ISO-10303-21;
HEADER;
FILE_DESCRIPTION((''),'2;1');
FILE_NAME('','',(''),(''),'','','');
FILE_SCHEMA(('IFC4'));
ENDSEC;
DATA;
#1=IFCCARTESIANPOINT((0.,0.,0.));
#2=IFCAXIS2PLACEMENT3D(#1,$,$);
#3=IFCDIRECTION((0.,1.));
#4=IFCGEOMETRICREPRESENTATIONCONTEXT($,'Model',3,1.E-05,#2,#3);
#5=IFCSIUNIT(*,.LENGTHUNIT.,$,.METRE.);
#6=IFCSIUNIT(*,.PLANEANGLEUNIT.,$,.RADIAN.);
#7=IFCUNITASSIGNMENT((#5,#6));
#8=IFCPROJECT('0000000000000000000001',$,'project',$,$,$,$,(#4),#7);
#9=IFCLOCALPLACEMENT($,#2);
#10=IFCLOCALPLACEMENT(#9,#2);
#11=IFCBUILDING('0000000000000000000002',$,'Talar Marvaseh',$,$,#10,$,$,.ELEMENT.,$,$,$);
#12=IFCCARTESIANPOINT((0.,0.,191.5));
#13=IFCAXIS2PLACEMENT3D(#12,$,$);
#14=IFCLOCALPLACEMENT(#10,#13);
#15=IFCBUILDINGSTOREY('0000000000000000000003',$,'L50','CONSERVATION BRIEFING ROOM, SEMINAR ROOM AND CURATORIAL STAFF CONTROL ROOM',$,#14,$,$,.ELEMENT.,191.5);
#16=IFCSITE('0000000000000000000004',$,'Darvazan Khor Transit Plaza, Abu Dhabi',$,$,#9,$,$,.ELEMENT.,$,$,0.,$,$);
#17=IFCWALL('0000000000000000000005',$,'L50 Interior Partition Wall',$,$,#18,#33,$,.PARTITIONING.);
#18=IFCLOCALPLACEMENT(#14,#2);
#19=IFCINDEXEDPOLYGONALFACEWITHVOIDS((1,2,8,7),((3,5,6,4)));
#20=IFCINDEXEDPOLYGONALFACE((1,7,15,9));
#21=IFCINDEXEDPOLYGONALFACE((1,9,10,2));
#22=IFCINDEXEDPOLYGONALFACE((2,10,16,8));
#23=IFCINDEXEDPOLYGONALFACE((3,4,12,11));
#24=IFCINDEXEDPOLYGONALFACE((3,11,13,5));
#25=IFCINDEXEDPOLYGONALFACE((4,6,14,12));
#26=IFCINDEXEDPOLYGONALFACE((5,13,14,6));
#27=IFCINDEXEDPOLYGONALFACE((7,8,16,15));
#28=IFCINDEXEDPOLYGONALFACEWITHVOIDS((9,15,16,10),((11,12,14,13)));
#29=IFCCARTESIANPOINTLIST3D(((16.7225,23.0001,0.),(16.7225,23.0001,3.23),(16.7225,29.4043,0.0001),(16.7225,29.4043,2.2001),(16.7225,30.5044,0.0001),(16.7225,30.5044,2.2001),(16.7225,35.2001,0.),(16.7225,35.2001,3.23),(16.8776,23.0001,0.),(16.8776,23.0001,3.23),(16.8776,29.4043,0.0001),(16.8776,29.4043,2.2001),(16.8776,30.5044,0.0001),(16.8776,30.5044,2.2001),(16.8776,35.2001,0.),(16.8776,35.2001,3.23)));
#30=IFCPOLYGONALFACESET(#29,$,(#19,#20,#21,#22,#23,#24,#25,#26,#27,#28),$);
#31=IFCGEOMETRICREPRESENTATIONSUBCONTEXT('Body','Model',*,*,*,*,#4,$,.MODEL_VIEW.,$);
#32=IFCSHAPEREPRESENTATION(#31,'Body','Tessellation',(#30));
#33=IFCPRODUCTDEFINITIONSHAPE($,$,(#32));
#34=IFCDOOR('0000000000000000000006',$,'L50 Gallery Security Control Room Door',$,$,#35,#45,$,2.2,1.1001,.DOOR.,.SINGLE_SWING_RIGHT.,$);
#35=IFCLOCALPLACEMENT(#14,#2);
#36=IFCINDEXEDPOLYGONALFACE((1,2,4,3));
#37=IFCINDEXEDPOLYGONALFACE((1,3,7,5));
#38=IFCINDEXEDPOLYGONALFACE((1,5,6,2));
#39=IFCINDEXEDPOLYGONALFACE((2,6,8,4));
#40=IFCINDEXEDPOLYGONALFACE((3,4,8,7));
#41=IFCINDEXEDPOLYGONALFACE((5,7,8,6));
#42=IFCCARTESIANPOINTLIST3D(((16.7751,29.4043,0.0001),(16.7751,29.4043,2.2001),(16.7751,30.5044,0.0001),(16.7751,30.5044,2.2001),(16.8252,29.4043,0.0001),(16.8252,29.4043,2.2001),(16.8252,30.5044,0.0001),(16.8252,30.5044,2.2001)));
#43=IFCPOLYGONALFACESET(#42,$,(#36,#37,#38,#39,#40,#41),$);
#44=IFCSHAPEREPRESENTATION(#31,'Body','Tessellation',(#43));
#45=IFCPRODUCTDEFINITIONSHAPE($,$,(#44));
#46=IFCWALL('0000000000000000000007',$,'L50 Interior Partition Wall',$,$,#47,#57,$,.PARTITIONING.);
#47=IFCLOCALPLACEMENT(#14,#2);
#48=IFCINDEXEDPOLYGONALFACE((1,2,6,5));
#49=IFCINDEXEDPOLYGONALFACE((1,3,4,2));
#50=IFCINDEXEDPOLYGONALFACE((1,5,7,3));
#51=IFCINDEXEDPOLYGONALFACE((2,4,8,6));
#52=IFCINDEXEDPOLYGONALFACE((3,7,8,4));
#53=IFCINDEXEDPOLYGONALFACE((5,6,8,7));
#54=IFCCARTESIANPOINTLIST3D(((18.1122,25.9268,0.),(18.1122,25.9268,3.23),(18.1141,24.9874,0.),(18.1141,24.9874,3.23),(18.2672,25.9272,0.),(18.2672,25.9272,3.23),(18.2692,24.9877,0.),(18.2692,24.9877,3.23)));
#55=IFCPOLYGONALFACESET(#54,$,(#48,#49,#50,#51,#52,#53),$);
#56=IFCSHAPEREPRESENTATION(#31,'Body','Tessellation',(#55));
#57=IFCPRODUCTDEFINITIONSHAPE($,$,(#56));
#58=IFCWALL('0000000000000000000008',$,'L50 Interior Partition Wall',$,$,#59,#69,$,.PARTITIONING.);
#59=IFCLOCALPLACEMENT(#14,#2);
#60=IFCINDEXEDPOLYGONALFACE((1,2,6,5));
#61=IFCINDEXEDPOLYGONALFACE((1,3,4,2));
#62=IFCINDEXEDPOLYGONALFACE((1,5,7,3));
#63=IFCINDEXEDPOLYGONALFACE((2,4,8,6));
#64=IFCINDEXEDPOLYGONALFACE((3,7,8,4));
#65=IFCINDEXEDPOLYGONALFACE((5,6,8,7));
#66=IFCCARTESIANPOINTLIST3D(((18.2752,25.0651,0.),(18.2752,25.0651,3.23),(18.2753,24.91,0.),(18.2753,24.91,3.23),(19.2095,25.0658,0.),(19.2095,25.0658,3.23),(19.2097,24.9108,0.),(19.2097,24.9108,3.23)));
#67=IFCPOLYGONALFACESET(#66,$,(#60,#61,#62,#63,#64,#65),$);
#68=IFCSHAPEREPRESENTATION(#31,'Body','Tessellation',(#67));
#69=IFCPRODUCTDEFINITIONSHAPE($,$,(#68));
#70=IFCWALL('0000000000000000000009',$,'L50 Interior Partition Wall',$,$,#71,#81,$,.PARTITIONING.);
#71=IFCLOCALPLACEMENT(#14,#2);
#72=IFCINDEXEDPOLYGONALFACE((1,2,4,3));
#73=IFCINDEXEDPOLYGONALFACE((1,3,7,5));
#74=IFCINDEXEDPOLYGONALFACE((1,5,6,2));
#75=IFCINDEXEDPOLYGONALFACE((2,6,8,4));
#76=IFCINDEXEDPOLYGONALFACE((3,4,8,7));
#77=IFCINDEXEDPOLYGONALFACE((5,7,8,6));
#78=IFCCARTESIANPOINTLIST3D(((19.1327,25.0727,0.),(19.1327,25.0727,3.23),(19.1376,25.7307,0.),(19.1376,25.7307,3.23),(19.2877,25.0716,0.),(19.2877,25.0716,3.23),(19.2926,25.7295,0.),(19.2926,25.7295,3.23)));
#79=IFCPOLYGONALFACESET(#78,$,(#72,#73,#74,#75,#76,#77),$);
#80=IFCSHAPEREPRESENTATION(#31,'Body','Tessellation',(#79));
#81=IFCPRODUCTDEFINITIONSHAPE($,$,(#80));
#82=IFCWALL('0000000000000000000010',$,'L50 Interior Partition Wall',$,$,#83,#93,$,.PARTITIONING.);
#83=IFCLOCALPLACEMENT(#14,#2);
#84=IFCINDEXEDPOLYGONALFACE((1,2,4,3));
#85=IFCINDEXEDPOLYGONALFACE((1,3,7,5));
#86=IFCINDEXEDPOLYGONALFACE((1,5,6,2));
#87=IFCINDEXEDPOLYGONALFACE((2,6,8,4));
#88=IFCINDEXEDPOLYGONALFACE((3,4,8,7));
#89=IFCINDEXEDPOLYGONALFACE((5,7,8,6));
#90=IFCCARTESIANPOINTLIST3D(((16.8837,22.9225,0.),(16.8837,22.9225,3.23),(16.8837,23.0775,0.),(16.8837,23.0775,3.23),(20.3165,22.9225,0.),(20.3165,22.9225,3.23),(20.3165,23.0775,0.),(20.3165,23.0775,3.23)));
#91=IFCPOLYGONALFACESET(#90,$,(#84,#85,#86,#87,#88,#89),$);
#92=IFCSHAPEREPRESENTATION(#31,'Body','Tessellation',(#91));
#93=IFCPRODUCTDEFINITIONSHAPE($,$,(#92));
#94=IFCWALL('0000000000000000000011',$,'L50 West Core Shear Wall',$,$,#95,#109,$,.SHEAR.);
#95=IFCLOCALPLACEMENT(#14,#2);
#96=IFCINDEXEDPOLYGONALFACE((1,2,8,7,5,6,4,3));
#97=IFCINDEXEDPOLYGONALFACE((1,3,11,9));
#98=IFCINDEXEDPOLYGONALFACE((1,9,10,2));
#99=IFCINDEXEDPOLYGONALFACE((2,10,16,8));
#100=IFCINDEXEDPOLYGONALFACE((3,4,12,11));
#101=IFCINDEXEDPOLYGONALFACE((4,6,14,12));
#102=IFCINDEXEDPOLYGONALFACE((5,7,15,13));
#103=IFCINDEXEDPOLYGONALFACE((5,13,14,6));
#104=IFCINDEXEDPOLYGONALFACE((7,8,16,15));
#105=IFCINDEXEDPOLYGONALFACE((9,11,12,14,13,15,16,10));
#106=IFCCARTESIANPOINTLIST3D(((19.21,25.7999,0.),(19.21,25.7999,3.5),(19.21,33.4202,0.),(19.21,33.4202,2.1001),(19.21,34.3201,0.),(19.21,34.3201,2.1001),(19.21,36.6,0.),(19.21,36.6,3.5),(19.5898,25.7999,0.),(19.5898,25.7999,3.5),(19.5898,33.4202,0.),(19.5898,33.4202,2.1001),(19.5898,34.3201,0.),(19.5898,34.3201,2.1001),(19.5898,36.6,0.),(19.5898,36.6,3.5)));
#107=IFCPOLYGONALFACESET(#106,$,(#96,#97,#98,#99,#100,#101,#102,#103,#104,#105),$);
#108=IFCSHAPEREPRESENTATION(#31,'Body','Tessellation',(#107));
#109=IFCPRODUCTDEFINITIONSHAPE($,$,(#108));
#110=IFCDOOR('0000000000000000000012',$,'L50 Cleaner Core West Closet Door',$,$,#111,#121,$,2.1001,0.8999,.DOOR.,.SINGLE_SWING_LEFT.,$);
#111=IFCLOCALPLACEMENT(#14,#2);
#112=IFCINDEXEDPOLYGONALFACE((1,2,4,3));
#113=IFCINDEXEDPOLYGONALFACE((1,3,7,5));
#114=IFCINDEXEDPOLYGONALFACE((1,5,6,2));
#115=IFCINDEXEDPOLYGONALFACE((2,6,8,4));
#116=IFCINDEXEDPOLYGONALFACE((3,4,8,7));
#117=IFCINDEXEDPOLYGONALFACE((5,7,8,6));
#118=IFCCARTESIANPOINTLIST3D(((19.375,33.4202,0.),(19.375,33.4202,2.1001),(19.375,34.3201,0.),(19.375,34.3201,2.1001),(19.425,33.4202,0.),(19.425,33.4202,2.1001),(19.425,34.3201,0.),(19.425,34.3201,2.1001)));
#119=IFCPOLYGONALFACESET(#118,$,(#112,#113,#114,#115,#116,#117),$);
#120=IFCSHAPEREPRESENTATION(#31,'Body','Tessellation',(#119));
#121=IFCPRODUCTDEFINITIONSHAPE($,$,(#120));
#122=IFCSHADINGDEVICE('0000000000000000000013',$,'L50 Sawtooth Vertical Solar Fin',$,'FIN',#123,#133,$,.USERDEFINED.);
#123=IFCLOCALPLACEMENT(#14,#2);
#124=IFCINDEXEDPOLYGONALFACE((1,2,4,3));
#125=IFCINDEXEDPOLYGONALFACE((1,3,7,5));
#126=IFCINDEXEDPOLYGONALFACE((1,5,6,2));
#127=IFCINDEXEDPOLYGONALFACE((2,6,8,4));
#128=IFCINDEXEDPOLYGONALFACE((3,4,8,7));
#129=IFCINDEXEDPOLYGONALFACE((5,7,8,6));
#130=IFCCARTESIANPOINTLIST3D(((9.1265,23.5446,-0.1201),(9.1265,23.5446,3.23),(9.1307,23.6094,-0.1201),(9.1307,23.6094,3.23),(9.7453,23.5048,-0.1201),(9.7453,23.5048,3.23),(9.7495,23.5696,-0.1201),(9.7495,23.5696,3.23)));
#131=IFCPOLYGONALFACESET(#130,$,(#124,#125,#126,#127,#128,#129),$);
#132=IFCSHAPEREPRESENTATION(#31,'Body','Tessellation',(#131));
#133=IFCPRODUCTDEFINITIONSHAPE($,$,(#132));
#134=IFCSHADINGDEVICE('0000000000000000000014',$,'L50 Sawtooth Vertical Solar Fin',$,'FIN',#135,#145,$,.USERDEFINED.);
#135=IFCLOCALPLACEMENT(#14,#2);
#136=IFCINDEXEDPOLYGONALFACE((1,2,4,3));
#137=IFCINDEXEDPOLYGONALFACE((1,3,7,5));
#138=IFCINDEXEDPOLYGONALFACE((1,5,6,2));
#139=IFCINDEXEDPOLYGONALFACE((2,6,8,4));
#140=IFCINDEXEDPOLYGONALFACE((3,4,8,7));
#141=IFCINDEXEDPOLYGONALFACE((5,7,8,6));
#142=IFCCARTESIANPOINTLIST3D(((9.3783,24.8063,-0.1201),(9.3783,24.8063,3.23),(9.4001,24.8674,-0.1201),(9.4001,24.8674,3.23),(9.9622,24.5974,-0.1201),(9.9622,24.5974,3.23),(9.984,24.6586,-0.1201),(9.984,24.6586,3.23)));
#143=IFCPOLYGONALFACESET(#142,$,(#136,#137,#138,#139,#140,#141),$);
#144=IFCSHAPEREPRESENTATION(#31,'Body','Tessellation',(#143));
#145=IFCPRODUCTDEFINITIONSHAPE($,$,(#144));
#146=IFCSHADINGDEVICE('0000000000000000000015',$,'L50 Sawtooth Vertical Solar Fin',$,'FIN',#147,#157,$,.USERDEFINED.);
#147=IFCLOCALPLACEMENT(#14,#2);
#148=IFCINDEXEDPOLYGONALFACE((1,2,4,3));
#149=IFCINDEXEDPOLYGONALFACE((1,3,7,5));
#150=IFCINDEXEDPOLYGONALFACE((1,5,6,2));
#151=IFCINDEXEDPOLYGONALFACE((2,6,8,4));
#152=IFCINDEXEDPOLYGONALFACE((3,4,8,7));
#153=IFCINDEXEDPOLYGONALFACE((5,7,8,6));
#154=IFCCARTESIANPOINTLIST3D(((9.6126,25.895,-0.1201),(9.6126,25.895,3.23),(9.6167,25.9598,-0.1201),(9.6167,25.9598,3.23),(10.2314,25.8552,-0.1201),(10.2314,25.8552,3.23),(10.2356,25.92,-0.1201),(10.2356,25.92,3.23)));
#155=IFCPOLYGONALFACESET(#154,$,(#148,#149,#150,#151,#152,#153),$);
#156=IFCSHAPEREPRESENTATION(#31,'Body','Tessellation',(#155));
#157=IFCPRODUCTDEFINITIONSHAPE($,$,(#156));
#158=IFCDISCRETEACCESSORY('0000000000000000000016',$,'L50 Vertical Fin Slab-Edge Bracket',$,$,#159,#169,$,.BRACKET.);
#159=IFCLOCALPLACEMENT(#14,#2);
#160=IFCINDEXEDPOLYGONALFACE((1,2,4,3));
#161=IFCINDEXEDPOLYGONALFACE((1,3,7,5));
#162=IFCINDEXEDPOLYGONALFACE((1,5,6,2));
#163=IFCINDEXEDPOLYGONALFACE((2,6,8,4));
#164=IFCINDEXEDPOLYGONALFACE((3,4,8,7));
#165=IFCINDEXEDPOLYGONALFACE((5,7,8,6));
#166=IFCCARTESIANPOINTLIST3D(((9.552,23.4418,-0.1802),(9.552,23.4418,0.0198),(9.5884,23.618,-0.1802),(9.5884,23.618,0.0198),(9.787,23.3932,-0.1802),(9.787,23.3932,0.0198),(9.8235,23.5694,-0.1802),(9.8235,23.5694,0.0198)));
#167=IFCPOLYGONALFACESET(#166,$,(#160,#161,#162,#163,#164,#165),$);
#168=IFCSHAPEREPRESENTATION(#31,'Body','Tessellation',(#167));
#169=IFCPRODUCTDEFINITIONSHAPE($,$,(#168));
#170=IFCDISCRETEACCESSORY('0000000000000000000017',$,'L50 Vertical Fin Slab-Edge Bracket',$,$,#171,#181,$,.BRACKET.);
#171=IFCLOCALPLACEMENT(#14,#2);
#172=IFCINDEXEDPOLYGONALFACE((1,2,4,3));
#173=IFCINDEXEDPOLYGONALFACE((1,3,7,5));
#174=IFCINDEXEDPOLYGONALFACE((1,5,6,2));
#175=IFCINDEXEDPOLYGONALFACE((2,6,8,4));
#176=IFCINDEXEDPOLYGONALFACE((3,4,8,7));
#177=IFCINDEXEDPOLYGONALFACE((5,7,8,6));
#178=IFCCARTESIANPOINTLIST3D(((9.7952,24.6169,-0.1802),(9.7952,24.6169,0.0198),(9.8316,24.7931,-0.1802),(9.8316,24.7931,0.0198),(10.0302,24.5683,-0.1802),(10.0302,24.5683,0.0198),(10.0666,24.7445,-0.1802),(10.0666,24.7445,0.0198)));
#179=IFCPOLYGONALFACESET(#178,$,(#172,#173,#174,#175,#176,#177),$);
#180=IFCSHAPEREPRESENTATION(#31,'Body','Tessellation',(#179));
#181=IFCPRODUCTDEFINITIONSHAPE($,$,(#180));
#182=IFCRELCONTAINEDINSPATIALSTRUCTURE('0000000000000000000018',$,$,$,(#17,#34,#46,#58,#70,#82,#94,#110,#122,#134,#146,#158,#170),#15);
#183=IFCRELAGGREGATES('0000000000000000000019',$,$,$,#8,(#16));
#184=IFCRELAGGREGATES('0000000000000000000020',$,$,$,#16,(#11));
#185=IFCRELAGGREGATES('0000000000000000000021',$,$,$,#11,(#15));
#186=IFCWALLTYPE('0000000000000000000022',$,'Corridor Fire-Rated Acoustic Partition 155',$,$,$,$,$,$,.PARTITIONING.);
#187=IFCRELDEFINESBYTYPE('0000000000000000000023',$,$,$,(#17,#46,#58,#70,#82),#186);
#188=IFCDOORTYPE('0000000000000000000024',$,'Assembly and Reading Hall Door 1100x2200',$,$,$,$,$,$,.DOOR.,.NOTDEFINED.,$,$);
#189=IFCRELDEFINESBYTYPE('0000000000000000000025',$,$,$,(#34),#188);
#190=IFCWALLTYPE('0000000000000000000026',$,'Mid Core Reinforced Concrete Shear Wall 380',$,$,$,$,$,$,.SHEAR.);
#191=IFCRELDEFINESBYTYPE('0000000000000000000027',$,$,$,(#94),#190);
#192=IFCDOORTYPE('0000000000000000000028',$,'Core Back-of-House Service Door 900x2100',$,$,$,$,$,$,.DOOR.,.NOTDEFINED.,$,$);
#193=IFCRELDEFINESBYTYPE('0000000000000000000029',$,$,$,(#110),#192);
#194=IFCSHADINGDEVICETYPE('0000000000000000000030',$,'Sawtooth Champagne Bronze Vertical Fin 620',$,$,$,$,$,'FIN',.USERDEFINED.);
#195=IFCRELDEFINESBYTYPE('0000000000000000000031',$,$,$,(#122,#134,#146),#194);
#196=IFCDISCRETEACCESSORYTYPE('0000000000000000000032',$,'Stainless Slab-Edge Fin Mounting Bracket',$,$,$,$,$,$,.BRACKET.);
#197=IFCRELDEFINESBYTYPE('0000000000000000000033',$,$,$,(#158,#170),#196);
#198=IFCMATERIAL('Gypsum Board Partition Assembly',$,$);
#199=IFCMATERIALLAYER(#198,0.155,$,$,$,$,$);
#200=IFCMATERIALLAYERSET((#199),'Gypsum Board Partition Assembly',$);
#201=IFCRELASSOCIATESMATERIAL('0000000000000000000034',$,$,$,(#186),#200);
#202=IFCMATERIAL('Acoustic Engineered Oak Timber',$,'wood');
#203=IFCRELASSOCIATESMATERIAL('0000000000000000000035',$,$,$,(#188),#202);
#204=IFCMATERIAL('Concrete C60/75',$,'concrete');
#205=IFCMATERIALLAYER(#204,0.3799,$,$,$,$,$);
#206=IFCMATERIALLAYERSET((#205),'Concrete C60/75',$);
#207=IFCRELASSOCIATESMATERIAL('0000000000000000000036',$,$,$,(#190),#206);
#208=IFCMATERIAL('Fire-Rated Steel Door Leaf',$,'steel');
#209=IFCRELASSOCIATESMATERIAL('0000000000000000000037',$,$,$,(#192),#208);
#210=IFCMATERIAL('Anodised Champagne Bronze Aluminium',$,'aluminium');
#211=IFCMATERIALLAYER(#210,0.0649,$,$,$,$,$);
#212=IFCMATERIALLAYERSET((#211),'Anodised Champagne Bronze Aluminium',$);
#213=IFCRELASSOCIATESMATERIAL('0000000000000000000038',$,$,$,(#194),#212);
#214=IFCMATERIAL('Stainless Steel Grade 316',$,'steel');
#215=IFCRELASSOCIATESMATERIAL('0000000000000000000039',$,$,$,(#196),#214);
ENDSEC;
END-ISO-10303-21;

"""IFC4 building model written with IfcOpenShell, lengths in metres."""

from ifc_helpers import new_model, si_unit, direction, frame, frame_2d, origin, origin_2d, place, context, subcontext, project, spatial, rectangle, extrude, source, transform, mapped, material, layer, layer_set, type_object, type_shapes, element, fill, save


model = new_model("IFC4")

# Units and contexts
model_context = context("Model", 3, precision=1e-05, world=origin(), true_north=direction((0.0, 1.0)))
body_context = subcontext(model_context, "Body", "Model", "MODEL_VIEW")
ifc_project = project(units=[si_unit("LENGTHUNIT", "METRE"), si_unit("PLANEANGLEUNIT", "RADIAN")], contexts=[model_context])

# Site, building, storey
site_placement = place(None, origin())
site = spatial("IfcSite", under=ifc_project, at=site_placement, Name="Darvazan Khor Transit Plaza, Abu Dhabi", CompositionType="ELEMENT", RefElevation=0.0)
building_placement = place(site_placement, origin())
building = spatial("IfcBuilding", under=site, at=building_placement, Name="Talar Marvaseh", CompositionType="ELEMENT")
storey_placement = place(building_placement, frame((0.0, 0.0, 191.5)))
storey = spatial("IfcBuildingStorey", under=building, at=storey_placement, Name="L50", Description="CONSERVATION BRIEFING ROOM, SEMINAR ROOM AND CURATORIAL STAFF CONTROL ROOM", CompositionType="ELEMENT", Elevation=191.5)

# Shared definitions
ifc_material_1 = material(Name="Concrete C60/75", Category="concrete")

# Wall, opening, door
ifc_material_2 = material(Name="Gypsum Board Partition Assembly")
ifc_layer_1 = layer(ifc_material_2, 0.155)
ifc_layer_set_1 = layer_set([ifc_layer_1], Name="Gypsum Board Partition Assembly")
wall_type_1 = type_object("IfcWallType", Name="Corridor Fire-Rated Acoustic Partition 155", PredefinedType="PARTITIONING", material=ifc_layer_set_1)
wall_1_placement = place(storey_placement, frame((16.8, 23.0, 0.0), z_axis=(0.0, 0.0, 1.0), x_axis=(0.0, 1.0, 0.0)))
wall_1 = element("IfcWall", 1, at=wall_1_placement, inside=storey, type_object=wall_type_1, Name="L50 Interior Partition Wall", PredefinedType="PARTITIONING", context=body_context, shape_type="SweptSolid", body=[
    extrude(rectangle(XDim=12.2, YDim=0.155, at=frame_2d((6.1001, 0.0))), origin(), (0.0, 0.0, 1.0), 3.23),
])
opening_1_placement = place(wall_1_placement, frame((6.4043, 0.0, 0.0)))
opening_1 = element("IfcOpeningElement", 2, at=opening_1_placement, cuts=wall_1, PredefinedType="OPENING", context=body_context, shape_type="SweptSolid", body=[
    extrude(rectangle(XDim=1.1001, YDim=2.2, at=frame_2d((0.55, 1.1001))), frame((0.0, 0.0874, 0.0), z_axis=(0.0, -1.0, 0.0), x_axis=(1.0, 0.0, 0.0)), (0.0, 0.0, 1.0), 0.175),
])
ifc_material_3 = material(Name="Acoustic Engineered Oak Timber", Category="wood")
door_type_1 = type_object("IfcDoorType", Name="Assembly and Reading Hall Door 1100x2200", OperationType="NOTDEFINED", PredefinedType="DOOR", material=ifc_material_3)
shared_shape_1 = source(origin(), body_context, "Body", "SweptSolid", [
    extrude(rectangle(XDim=1.1001, YDim=2.2, at=frame_2d((0.55, 1.1001))), frame((0.0, 0.0249, 0.0), z_axis=(0.0, -1.0, 0.0), x_axis=(1.0, 0.0, 0.0)), (0.0, 0.0, 1.0), 0.05),
])
type_shapes(door_type_1, [shared_shape_1])
door_1_placement = place(opening_1_placement, origin())
door_1 = element("IfcDoor", 3, at=door_1_placement, inside=storey, type_object=door_type_1, Name="L50 Gallery Security Control Room Door", OperationType="SINGLE_SWING_RIGHT", OverallHeight=2.2, OverallWidth=1.1001, PredefinedType="DOOR", context=body_context, shape_type="MappedRepresentation", body=[
    mapped(shared_shape_1, transform((0.0, 0.0, 0.0), x_axis=(1.0, 0.0, 0.0), y_axis=(0.0, 1.0, 0.0), z_axis=(0.0, 0.0, 1.0), scale=1.0)),
])
fill(opening_1, door_1)

# Walls
wall_2_placement = place(storey_placement, frame((18.1897, 25.927, 0.0), z_axis=(0.0, 0.0, 1.0), x_axis=(0.002079, -0.999998, 0.0)))
element("IfcWall", 4, at=wall_2_placement, inside=storey, type_object=wall_type_1, Name="L50 Interior Partition Wall", PredefinedType="PARTITIONING", context=body_context, shape_type="SweptSolid", body=[
    extrude(rectangle(XDim=0.9395, YDim=0.155, at=frame_2d((0.4697, 0.0))), origin(), (0.0, 0.0, 1.0), 3.23),
])
wall_3_placement = place(storey_placement, frame((18.2751, 24.9875, 0.0), z_axis=(0.0, 0.0, 1.0), x_axis=(1.0, 0.000784, 0.0)))
element("IfcWall", 5, at=wall_3_placement, inside=storey, type_object=wall_type_1, Name="L50 Interior Partition Wall", PredefinedType="PARTITIONING", context=body_context, shape_type="SweptSolid", body=[
    extrude(rectangle(XDim=0.9343, YDim=0.155, at=frame_2d((0.4673, 0.0))), origin(), (0.0, 0.0, 1.0), 3.23),
])
wall_4_placement = place(storey_placement, frame((19.2102, 25.072, 0.0), z_axis=(0.0, 0.0, 1.0), x_axis=(0.007421, 0.999972, 0.0)))
element("IfcWall", 6, at=wall_4_placement, inside=storey, type_object=wall_type_1, Name="L50 Interior Partition Wall", PredefinedType="PARTITIONING", context=body_context, shape_type="SweptSolid", body=[
    extrude(rectangle(XDim=0.658, YDim=0.155, at=frame_2d((0.3291, 0.0))), origin(), (0.0, 0.0, 1.0), 3.23),
])
wall_5_placement = place(storey_placement, frame((20.3164, 23.0, 0.0), z_axis=(0.0, 0.0, 1.0), x_axis=(-1.0, 0.0, 0.0)))
element("IfcWall", 7, at=wall_5_placement, inside=storey, type_object=wall_type_1, Name="L50 Interior Partition Wall", PredefinedType="PARTITIONING", context=body_context, shape_type="SweptSolid", body=[
    extrude(rectangle(XDim=3.4329, YDim=0.155, at=frame_2d((1.7163, 0.0))), origin(), (0.0, 0.0, 1.0), 3.23),
])

# Wall, opening, door
ifc_layer_2 = layer(ifc_material_1, 0.3799)
ifc_layer_set_2 = layer_set([ifc_layer_2], Name="Concrete C60/75")
wall_type_2 = type_object("IfcWallType", Name="Mid Core Reinforced Concrete Shear Wall 380", PredefinedType="SHEAR", material=ifc_layer_set_2)
wall_6_placement = place(storey_placement, frame((19.3999, 25.8, 0.0), z_axis=(0.0, 0.0, 1.0), x_axis=(0.0, 1.0, 0.0)))
wall_6 = element("IfcWall", 8, at=wall_6_placement, inside=storey, type_object=wall_type_2, Name="L50 West Core Shear Wall", PredefinedType="SHEAR", context=body_context, shape_type="SweptSolid", body=[
    extrude(rectangle(XDim=10.8, YDim=0.3799, at=frame_2d((5.3999, 0.0))), origin(), (0.0, 0.0, 1.0), 3.5),
])
opening_2_placement = place(wall_6_placement, frame((7.6201, 0.0, 0.0)))
opening_2 = element("IfcOpeningElement", 9, at=opening_2_placement, cuts=wall_6, PredefinedType="OPENING", context=body_context, shape_type="SweptSolid", body=[
    extrude(rectangle(XDim=0.8999, YDim=2.1001, at=frame_2d((0.45, 1.05))), frame((0.0, 0.2, 0.0), z_axis=(0.0, -1.0, 0.0), x_axis=(1.0, 0.0, 0.0)), (0.0, 0.0, 1.0), 0.3999),
])
ifc_material_4 = material(Name="Fire-Rated Steel Door Leaf", Category="steel")
door_type_2 = type_object("IfcDoorType", Name="Core Back-of-House Service Door 900x2100", OperationType="NOTDEFINED", PredefinedType="DOOR", material=ifc_material_4)
shared_shape_2 = source(origin(), body_context, "Body", "SweptSolid", [
    extrude(rectangle(XDim=0.8999, YDim=2.1001, at=frame_2d((0.45, 1.05))), frame((0.0, 0.0249, 0.0), z_axis=(0.0, -1.0, 0.0), x_axis=(1.0, 0.0, 0.0)), (0.0, 0.0, 1.0), 0.05),
])
type_shapes(door_type_2, [shared_shape_2])
door_2_placement = place(opening_2_placement, origin())
door_2 = element("IfcDoor", 10, at=door_2_placement, inside=storey, type_object=door_type_2, Name="L50 Cleaner Core West Closet Door", OperationType="SINGLE_SWING_LEFT", OverallHeight=2.1001, OverallWidth=0.8999, PredefinedType="DOOR", context=body_context, shape_type="MappedRepresentation", body=[
    mapped(shared_shape_2, transform((0.0, 0.0, 0.0), x_axis=(1.0, 0.0, 0.0), y_axis=(0.0, 1.0, 0.0), z_axis=(0.0, 0.0, 1.0), scale=1.0)),
])
fill(opening_2, door_2)

# Shading devices
ifc_material_5 = material(Name="Anodised Champagne Bronze Aluminium", Category="aluminium")
ifc_layer_3 = layer(ifc_material_5, 0.0649)
ifc_layer_set_3 = layer_set([ifc_layer_3], Name="Anodised Champagne Bronze Aluminium")
shading_device_type = type_object("IfcShadingDeviceType", Name="Sawtooth Champagne Bronze Vertical Fin 620", ElementType="FIN", PredefinedType="USERDEFINED", material=ifc_layer_set_3)
shared_shape_3 = source(origin(), body_context, "Body", "SweptSolid", [
    extrude(rectangle(XDim=0.6201, YDim=0.0649, at=origin_2d()), origin(), (0.0, 0.0, 1.0), 3.3501),
])
type_shapes(shading_device_type, [shared_shape_3])
for number, where, z_axis, x_axis, name in (
    (11, (9.438, 23.5571, -0.1201), (0.0, 0.0, 1.0), (-0.997938, 0.064184, 0.0), "L50 Sawtooth Vertical Solar Fin"),
    (12, (9.6812, 24.7324, -0.1201), (0.0, 0.0, 1.0), (-0.941588, 0.336767, 0.0), "L50 Sawtooth Vertical Solar Fin"),
    (13, (9.9241, 25.9075, -0.1201), (0.0, 0.0, 1.0), (-0.997938, 0.064184, 0.0), "L50 Sawtooth Vertical Solar Fin"),
):
    element("IfcShadingDevice", number, at=place(storey_placement, frame(where, z_axis=z_axis, x_axis=x_axis)), inside=storey, type_object=shading_device_type, Name=name, ObjectType="FIN", PredefinedType="USERDEFINED", context=body_context, shape_type="MappedRepresentation", body=[
        mapped(shared_shape_3, transform((0.0, 0.0, 0.0), x_axis=(1.0, 0.0, 0.0), y_axis=(0.0, 1.0, 0.0), z_axis=(0.0, 0.0, 1.0), scale=1.0)),
    ])

# Discrete accessories
ifc_material_6 = material(Name="Stainless Steel Grade 316", Category="steel")
discrete_accessory_type = type_object("IfcDiscreteAccessoryType", Name="Stainless Slab-Edge Fin Mounting Bracket", PredefinedType="BRACKET", material=ifc_material_6)
shared_shape_4 = source(origin(), body_context, "Body", "SweptSolid", [
    extrude(rectangle(XDim=0.24, YDim=0.1799, at=origin_2d()), origin(), (0.0, 0.0, 1.0), 0.2),
])
type_shapes(discrete_accessory_type, [shared_shape_4])
for number, where, z_axis, x_axis, name in (
    (14, (9.6877, 23.5056, -0.1802), (0.0, 0.0, 1.0), (-0.979294, 0.202445, 0.0), "L50 Vertical Fin Slab-Edge Bracket"),
    (15, (9.9309, 24.6807, -0.1802), (0.0, 0.0, 1.0), (-0.979294, 0.202445, 0.0), "L50 Vertical Fin Slab-Edge Bracket"),
):
    element("IfcDiscreteAccessory", number, at=place(storey_placement, frame(where, z_axis=z_axis, x_axis=x_axis)), inside=storey, type_object=discrete_accessory_type, Name=name, PredefinedType="BRACKET", context=body_context, shape_type="MappedRepresentation", body=[
        mapped(shared_shape_4, transform((0.0, 0.0, 0.0), x_axis=(1.0, 0.0, 0.0), y_axis=(0.0, 1.0, 0.0), z_axis=(0.0, 0.0, 1.0), scale=1.0)),
    ])

save(model, "model.ifc")
